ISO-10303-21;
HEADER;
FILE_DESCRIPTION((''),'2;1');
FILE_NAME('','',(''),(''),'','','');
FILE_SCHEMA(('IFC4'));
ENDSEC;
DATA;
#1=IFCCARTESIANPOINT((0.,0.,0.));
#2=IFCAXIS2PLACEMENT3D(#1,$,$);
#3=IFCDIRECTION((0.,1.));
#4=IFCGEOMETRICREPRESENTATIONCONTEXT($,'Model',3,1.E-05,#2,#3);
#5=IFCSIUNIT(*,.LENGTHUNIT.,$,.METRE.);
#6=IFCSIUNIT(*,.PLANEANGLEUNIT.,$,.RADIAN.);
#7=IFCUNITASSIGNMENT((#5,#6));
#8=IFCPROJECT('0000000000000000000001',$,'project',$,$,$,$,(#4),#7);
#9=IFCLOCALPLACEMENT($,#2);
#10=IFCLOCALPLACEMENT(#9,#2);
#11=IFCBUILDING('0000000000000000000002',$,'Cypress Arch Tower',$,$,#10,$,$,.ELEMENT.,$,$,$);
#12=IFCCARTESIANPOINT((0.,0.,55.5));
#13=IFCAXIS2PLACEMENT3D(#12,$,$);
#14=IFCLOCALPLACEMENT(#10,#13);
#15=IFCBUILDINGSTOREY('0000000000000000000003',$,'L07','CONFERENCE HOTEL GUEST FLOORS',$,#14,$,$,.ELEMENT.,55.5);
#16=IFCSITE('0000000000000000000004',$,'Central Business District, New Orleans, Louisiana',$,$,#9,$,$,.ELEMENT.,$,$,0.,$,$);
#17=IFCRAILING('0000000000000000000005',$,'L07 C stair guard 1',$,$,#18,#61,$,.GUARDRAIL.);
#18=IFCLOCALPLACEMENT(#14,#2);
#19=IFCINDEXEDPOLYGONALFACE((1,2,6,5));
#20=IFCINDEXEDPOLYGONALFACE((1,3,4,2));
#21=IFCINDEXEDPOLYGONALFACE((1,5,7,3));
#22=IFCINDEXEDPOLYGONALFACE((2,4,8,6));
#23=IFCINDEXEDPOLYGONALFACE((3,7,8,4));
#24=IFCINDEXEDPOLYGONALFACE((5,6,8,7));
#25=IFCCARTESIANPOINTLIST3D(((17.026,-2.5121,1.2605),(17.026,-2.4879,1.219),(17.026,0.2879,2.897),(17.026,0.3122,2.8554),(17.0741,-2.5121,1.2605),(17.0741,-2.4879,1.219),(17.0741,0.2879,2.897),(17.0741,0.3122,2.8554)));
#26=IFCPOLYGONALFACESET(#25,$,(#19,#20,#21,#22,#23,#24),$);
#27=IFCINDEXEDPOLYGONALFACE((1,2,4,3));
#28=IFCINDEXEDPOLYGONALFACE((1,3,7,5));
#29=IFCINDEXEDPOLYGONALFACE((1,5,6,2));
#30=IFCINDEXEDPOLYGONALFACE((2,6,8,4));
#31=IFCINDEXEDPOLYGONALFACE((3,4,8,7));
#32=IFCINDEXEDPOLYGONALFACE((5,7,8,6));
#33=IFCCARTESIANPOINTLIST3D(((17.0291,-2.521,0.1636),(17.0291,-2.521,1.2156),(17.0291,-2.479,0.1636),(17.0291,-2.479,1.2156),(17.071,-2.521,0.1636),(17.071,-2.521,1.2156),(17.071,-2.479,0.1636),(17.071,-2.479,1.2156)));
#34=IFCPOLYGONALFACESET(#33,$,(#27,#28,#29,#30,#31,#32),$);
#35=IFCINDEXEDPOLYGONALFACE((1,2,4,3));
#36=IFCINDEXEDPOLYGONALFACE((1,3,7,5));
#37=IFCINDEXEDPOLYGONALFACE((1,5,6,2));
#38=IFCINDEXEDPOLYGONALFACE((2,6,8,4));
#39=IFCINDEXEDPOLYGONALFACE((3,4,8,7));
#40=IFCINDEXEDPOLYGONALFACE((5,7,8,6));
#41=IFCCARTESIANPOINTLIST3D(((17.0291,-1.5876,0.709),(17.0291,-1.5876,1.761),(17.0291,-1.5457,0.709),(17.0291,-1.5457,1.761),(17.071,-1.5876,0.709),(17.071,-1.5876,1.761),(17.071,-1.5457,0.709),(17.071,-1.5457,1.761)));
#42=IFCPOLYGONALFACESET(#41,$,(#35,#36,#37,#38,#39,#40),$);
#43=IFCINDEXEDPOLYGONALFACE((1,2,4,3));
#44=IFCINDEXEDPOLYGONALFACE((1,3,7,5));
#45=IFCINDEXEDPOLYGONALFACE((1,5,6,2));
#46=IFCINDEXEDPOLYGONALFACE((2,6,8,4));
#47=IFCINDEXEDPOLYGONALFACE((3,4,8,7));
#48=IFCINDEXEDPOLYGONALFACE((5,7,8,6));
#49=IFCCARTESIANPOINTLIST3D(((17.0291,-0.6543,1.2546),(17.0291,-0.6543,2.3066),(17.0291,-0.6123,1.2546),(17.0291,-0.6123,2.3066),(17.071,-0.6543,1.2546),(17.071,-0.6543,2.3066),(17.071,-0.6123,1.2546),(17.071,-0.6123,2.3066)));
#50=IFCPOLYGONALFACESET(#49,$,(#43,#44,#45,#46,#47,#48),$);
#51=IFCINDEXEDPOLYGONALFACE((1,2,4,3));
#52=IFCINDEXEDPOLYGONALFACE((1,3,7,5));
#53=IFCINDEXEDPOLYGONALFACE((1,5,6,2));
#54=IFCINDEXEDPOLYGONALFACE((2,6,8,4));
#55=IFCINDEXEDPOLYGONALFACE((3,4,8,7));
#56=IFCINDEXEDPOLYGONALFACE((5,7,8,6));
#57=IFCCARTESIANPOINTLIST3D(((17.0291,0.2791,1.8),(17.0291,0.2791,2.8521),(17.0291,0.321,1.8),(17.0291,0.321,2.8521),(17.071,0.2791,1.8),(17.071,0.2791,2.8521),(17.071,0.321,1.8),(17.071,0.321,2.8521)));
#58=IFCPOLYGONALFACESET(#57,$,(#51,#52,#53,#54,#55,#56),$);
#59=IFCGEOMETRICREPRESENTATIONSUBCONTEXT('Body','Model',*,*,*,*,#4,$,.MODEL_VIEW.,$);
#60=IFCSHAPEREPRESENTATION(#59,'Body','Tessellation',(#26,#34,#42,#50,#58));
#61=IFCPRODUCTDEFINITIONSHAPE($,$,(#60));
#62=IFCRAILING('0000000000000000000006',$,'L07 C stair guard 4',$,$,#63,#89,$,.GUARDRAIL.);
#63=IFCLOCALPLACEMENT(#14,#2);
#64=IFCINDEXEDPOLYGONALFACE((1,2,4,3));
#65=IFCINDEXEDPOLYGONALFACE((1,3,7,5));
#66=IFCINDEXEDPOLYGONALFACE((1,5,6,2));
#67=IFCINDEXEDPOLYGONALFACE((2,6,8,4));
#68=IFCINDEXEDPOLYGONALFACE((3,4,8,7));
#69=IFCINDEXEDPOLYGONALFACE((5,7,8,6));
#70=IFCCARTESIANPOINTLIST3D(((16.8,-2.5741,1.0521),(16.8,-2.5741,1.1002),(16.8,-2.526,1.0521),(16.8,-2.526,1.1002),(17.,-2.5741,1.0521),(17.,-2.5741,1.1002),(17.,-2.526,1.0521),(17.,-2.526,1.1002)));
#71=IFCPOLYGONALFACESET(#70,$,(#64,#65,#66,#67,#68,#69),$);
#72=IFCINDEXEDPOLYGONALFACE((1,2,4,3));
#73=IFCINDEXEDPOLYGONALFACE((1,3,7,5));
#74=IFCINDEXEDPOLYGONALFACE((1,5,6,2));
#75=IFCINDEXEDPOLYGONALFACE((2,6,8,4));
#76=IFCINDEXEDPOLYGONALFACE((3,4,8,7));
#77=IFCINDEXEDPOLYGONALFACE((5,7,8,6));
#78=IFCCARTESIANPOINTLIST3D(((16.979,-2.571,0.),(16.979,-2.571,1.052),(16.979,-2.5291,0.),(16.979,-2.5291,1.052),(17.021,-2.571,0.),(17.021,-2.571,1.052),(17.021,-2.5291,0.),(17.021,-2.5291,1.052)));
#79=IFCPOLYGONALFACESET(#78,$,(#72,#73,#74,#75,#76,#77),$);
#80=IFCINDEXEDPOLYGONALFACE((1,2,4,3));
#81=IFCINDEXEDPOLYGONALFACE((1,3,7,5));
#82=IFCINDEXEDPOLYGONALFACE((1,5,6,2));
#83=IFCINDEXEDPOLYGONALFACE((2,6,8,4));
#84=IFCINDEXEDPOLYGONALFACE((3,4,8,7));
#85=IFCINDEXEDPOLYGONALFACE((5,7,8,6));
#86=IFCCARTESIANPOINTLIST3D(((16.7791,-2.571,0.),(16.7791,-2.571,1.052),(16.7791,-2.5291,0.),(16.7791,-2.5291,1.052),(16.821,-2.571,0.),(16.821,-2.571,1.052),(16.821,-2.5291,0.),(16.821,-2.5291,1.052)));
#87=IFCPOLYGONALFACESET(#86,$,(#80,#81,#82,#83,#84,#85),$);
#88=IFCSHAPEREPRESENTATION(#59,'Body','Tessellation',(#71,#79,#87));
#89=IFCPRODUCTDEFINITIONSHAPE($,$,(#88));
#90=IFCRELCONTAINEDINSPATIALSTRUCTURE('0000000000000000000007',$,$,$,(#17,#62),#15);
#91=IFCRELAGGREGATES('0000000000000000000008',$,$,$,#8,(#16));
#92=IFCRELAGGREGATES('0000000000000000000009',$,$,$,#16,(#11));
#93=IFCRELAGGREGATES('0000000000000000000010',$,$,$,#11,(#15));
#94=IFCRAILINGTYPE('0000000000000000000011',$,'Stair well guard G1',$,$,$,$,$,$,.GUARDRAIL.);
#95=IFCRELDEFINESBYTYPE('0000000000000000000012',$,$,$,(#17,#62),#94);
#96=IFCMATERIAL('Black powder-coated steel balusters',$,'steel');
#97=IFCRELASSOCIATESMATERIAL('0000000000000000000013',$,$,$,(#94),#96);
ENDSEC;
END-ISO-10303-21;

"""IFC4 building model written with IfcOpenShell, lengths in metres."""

from ifc_helpers import new_model, si_unit, direction, frame, origin, origin_2d, place, context, subcontext, project, spatial, rectangle, extrude, material, type_object, element, save


model = new_model("IFC4")

# Units and contexts
model_context = context("Model", 3, precision=1e-05, world=origin(), true_north=direction((0.0, 1.0)))
body_context = subcontext(model_context, "Body", "Model", "MODEL_VIEW")
ifc_project = project(units=[si_unit("LENGTHUNIT", "METRE"), si_unit("PLANEANGLEUNIT", "RADIAN")], contexts=[model_context])

# Site, building, storey
site_placement = place(None, origin())
site = spatial("IfcSite", under=ifc_project, at=site_placement, Name="Central Business District, New Orleans, Louisiana", CompositionType="ELEMENT", RefElevation=0.0)
building_placement = place(site_placement, origin())
building = spatial("IfcBuilding", under=site, at=building_placement, Name="Cypress Arch Tower", CompositionType="ELEMENT")
storey_placement = place(building_placement, frame((0.0, 0.0, 55.5)))
storey = spatial("IfcBuildingStorey", under=building, at=storey_placement, Name="L07", Description="CONFERENCE HOTEL GUEST FLOORS", CompositionType="ELEMENT", Elevation=55.5)

# Railings
ifc_material_1 = material(Name="Black powder-coated steel balusters", Category="steel")
railing_type_1 = type_object("IfcRailingType", Name="Stair well guard G1", PredefinedType="GUARDRAIL", material=ifc_material_1)
railing_1_placement = place(storey_placement, frame((17.05, -2.5, 0.1636)))
element("IfcRailing", 1, at=railing_1_placement, inside=storey, type_object=railing_type_1, Name="L07 C stair guard 1", PredefinedType="GUARDRAIL", context=body_context, shape_type="SweptSolid", body=[
    extrude(rectangle(XDim=0.0481, YDim=0.0481, at=origin_2d()), frame((0.0, 0.0, 1.0762), z_axis=(0.0, 0.863361, 0.504587), x_axis=(-1.0, 0.0, 0.0)), (0.0, 0.0, 1.0), 3.2432),
    extrude(rectangle(XDim=0.042, YDim=0.042, at=origin_2d()), origin(), (0.0, 0.0, 1.0), 1.052),
    extrude(rectangle(XDim=0.042, YDim=0.042, at=origin_2d()), frame((0.0, 0.9333, 0.5454)), (0.0, 0.0, 1.0), 1.052),
    extrude(rectangle(XDim=0.042, YDim=0.042, at=origin_2d()), frame((0.0, 1.8667, 1.0911)), (0.0, 0.0, 1.0), 1.052),
    extrude(rectangle(XDim=0.042, YDim=0.042, at=origin_2d()), frame((0.0, 2.8, 1.6365)), (0.0, 0.0, 1.0), 1.052),
])
railing_2_placement = place(storey_placement, frame((17.0, -2.55, 0.0)))
element("IfcRailing", 2, at=railing_2_placement, inside=storey, type_object=railing_type_1, Name="L07 C stair guard 4", PredefinedType="GUARDRAIL", context=body_context, shape_type="SweptSolid", body=[
    extrude(rectangle(XDim=0.0481, YDim=0.0481, at=origin_2d()), frame((0.0, 0.0, 1.0762), z_axis=(-1.0, 0.0, 0.0), x_axis=(0.0, -1.0, 0.0)), (0.0, 0.0, 1.0), 0.2),
    extrude(rectangle(XDim=0.042, YDim=0.042, at=origin_2d()), origin(), (0.0, 0.0, 1.0), 1.052),
    extrude(rectangle(XDim=0.042, YDim=0.042, at=origin_2d()), frame((-0.2, 0.0, 0.0)), (0.0, 0.0, 1.0), 1.052),
])

save(model, "model.ifc")
